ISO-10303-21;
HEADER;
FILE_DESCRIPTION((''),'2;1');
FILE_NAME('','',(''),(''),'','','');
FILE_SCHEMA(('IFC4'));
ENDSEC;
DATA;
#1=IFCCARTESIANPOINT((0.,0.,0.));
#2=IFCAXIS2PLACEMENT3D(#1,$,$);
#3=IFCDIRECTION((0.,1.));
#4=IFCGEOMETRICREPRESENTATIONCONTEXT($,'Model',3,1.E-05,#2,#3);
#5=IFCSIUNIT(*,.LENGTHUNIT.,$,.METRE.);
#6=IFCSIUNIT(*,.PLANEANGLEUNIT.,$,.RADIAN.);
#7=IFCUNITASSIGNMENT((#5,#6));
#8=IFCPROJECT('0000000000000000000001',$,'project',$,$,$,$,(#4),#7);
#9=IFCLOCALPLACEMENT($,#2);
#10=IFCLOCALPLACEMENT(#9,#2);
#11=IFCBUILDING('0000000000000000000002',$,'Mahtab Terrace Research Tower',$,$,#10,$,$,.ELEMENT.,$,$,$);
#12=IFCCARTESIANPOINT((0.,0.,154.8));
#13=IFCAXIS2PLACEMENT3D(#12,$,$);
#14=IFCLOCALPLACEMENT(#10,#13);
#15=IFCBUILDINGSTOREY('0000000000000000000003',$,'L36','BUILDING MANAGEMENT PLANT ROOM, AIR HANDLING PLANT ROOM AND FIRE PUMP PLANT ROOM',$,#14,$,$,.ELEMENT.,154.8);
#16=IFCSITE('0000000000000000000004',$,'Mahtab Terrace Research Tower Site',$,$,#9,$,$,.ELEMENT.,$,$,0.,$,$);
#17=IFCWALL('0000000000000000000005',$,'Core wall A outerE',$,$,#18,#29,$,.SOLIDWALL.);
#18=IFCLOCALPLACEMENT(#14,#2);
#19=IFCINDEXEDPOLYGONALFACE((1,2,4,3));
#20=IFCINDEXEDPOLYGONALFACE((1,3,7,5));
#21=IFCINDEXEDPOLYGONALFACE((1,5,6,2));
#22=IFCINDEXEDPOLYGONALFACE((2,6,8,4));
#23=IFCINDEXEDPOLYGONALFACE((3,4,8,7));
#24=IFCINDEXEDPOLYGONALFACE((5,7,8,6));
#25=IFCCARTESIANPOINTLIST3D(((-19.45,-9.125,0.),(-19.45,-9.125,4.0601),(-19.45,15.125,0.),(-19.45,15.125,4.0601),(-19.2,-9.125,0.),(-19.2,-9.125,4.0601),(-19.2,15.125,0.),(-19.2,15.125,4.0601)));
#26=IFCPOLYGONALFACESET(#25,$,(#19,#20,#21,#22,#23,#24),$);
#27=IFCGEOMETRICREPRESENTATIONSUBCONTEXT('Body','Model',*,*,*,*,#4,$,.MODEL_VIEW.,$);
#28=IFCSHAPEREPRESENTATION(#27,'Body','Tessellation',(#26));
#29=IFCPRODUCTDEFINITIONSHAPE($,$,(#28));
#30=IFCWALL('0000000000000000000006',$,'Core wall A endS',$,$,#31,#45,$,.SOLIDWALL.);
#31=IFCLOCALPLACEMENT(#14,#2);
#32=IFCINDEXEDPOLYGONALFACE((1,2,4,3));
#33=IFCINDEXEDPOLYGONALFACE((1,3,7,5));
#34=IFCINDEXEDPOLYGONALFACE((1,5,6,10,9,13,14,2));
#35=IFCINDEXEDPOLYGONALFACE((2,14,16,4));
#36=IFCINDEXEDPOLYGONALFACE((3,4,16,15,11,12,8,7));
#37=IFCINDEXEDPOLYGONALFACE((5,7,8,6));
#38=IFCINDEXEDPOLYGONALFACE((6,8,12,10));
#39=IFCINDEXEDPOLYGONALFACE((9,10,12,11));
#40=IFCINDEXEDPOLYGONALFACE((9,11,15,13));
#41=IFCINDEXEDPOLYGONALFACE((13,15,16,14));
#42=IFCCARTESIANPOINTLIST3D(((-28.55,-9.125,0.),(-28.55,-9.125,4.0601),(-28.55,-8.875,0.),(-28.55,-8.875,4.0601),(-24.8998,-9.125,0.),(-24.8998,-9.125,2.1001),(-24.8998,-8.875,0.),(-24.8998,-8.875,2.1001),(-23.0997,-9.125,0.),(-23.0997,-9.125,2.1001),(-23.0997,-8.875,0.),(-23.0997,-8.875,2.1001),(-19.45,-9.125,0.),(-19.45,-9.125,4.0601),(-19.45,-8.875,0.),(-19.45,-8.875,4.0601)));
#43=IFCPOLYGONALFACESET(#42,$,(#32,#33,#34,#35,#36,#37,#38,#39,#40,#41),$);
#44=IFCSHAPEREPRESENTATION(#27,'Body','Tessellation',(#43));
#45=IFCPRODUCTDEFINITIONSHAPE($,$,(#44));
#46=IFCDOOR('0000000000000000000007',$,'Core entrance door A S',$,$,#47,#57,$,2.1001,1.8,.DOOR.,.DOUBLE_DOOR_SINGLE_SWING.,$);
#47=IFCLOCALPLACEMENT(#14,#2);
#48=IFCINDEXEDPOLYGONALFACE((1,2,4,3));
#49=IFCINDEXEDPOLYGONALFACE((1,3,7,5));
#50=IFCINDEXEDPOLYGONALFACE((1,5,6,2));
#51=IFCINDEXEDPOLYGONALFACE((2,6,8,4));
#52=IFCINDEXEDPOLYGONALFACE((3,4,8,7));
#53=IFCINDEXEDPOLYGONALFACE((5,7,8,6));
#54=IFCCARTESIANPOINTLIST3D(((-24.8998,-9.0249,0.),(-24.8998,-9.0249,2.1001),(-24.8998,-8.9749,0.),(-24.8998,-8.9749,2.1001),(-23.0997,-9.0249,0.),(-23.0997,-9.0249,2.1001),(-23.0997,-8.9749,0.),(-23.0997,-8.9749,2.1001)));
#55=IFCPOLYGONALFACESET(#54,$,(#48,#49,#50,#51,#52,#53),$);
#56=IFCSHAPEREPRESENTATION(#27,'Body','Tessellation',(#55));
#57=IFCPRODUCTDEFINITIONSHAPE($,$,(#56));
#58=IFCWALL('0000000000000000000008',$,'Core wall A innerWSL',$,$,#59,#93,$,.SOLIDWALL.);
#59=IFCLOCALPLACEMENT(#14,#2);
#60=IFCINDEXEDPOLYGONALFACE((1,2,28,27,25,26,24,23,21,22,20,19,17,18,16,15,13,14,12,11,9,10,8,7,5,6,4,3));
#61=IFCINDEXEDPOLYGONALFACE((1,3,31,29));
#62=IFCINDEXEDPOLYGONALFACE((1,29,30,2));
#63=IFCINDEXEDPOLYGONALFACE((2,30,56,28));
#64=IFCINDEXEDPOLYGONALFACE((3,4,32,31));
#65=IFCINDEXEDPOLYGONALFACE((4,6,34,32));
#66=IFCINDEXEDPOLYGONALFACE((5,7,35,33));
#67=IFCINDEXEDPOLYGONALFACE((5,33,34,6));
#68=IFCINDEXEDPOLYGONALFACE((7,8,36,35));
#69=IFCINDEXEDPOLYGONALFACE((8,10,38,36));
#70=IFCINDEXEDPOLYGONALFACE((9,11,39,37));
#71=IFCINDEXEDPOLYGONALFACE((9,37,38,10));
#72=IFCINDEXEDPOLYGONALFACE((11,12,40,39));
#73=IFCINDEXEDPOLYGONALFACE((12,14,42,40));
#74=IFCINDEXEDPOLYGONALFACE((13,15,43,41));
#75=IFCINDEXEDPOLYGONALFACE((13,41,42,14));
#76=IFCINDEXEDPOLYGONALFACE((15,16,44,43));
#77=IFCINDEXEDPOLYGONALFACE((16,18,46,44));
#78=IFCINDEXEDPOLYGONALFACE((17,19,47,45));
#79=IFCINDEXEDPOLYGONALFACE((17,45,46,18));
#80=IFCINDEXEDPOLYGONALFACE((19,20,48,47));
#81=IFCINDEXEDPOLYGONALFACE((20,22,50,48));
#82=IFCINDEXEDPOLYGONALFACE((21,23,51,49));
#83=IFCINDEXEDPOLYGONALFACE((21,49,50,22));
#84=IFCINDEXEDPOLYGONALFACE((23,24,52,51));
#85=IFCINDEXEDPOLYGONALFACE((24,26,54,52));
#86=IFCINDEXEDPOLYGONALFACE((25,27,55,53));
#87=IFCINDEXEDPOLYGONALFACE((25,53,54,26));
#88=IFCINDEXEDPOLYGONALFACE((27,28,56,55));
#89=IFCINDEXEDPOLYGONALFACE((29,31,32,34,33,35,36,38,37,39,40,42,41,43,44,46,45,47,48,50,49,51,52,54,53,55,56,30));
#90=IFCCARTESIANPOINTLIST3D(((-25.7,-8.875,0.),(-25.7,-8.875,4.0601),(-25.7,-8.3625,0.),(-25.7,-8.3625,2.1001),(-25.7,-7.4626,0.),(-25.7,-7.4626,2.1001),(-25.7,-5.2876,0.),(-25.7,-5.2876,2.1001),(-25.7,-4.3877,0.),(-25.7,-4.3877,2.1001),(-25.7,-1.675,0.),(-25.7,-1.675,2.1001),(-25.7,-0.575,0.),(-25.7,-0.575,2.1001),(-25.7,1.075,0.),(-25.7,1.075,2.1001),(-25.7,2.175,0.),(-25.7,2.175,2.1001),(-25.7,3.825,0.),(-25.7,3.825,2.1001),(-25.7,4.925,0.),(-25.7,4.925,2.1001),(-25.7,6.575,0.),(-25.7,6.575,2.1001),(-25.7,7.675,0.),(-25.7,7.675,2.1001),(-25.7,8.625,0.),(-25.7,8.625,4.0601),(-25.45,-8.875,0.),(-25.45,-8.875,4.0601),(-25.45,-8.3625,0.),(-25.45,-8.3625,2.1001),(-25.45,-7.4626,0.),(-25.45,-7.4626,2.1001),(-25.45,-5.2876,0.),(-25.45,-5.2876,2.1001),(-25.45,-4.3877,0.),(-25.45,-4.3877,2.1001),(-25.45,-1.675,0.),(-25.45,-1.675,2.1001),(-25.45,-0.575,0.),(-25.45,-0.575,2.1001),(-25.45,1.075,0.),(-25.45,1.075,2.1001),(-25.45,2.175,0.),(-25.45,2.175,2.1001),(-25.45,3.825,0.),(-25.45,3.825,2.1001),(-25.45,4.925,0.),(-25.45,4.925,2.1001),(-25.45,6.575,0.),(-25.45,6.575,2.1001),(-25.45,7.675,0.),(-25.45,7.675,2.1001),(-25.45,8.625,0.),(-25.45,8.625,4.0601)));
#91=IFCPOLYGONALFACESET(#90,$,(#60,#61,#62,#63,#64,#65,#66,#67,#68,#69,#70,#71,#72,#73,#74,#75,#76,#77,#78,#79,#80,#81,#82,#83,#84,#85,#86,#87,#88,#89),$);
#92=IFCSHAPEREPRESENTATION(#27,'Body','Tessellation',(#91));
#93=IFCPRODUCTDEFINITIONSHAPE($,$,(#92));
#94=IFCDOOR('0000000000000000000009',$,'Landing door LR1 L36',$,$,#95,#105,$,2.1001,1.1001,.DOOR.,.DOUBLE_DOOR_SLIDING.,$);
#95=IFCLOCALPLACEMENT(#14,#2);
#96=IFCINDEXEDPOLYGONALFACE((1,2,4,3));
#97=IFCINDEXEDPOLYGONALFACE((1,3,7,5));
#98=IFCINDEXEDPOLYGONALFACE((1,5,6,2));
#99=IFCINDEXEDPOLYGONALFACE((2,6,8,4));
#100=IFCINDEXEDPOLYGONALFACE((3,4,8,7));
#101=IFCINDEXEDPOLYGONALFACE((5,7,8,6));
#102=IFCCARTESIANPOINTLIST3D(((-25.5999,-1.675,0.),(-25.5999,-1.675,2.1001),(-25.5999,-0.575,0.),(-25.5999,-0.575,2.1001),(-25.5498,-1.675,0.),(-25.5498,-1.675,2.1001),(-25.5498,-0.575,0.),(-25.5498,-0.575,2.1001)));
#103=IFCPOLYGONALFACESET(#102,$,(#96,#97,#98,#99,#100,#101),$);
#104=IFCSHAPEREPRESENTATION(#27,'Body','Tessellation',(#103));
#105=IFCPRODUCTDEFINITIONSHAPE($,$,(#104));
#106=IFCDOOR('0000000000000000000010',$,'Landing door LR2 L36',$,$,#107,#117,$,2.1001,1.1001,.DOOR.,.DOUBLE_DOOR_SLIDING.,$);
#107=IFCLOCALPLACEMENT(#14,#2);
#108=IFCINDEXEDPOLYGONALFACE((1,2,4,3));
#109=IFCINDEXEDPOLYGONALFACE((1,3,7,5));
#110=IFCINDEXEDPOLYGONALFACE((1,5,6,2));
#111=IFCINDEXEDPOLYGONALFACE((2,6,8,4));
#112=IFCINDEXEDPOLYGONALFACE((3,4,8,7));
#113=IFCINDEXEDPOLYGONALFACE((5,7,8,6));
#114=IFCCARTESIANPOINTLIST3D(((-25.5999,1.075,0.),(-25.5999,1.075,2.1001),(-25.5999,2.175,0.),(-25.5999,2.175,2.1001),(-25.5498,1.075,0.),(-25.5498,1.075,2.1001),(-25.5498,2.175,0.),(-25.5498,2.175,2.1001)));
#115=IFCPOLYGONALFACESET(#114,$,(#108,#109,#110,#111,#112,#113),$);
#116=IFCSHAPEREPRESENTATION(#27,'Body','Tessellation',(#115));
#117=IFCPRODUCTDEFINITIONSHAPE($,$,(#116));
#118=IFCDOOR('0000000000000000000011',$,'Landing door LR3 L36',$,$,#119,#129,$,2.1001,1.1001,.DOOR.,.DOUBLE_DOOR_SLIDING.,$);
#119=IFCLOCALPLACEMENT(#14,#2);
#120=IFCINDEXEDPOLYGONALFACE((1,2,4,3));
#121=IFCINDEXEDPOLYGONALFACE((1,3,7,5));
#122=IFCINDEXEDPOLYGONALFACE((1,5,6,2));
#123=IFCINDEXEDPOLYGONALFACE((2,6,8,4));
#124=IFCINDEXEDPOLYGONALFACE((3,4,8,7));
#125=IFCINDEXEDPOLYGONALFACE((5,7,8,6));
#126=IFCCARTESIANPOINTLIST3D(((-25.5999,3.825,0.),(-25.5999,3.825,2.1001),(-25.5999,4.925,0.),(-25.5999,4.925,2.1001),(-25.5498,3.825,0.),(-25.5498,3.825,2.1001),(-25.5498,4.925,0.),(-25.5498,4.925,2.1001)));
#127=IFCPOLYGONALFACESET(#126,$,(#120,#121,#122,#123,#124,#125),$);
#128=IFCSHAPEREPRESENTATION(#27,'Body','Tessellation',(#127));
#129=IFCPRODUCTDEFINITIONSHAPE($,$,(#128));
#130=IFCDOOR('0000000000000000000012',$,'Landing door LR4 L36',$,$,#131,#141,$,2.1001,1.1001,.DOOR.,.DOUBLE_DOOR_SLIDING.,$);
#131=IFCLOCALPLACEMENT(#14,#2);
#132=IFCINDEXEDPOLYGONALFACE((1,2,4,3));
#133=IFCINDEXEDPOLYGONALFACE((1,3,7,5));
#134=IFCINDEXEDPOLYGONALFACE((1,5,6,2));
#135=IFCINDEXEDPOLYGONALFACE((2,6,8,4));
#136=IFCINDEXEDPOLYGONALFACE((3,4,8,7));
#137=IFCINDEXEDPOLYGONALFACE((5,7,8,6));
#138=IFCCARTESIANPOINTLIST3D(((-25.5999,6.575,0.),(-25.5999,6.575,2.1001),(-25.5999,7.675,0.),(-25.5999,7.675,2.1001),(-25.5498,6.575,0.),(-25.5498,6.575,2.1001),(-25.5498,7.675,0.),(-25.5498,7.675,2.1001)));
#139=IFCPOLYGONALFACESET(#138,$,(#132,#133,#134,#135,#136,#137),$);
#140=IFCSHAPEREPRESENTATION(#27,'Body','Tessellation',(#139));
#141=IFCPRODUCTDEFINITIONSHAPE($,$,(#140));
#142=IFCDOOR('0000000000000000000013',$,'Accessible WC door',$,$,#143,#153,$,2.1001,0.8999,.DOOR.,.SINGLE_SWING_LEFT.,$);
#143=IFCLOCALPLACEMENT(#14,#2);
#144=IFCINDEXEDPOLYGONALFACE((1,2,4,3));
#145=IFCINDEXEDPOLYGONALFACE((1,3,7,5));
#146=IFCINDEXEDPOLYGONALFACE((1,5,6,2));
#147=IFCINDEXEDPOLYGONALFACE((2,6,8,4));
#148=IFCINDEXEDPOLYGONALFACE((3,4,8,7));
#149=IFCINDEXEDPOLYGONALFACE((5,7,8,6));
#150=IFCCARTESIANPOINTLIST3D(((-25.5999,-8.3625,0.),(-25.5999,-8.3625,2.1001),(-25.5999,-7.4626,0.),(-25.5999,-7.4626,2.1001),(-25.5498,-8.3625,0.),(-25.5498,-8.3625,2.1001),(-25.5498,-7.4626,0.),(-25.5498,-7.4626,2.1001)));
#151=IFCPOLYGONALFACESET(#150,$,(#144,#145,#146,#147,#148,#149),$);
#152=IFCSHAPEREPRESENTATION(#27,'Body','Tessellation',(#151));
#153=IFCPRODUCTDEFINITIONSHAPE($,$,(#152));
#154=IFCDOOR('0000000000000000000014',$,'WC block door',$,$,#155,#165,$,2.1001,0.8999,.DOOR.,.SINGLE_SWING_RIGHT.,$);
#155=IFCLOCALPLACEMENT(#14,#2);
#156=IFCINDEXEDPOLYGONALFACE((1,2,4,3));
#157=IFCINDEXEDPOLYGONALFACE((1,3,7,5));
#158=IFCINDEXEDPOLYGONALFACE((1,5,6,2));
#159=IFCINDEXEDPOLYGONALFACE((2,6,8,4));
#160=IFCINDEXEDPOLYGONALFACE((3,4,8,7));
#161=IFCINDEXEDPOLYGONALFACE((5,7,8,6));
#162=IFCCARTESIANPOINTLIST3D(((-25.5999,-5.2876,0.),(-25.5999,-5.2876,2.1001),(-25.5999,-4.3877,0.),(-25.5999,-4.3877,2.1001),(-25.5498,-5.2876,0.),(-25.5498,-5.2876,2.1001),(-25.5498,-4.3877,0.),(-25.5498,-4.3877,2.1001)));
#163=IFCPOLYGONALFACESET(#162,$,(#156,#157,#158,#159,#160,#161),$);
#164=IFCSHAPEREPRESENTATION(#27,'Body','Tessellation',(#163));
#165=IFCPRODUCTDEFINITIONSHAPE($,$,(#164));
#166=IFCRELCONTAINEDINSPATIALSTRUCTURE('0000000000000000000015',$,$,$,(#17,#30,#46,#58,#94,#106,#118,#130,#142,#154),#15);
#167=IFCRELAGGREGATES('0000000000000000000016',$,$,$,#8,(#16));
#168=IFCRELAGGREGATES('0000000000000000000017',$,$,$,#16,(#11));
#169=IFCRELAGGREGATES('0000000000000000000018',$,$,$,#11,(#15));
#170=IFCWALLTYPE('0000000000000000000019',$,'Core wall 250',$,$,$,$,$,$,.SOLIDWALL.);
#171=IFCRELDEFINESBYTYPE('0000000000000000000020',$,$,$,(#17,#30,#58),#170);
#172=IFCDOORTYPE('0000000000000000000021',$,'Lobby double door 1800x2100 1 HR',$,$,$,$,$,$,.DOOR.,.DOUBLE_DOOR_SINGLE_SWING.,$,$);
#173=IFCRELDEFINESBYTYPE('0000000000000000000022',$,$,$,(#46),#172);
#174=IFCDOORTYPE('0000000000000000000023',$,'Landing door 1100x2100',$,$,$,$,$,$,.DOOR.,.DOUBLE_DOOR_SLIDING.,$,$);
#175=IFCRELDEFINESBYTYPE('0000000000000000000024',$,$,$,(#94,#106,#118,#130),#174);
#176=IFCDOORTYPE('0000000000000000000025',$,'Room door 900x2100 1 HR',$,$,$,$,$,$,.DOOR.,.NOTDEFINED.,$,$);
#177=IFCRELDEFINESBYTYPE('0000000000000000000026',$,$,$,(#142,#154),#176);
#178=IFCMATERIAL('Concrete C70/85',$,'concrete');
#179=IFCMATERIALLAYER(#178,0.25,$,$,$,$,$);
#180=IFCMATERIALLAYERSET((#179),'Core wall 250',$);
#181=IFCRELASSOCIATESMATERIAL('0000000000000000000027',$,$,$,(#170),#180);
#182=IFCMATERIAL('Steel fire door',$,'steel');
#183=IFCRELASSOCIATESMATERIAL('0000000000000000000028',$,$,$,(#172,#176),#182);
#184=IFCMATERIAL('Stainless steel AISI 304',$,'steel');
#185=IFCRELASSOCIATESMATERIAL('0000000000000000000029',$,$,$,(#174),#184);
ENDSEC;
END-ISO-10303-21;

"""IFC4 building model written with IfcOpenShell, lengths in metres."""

from ifc_helpers import new_model, si_unit, direction, frame, frame_2d, origin, place, context, subcontext, project, spatial, rectangle, extrude, material, layer, layer_set, type_object, element, fill, save


model = new_model("IFC4")

# Units and contexts
model_context = context("Model", 3, precision=1e-05, world=origin(), true_north=direction((0.0, 1.0)))
body_context = subcontext(model_context, "Body", "Model", "MODEL_VIEW")
ifc_project = project(units=[si_unit("LENGTHUNIT", "METRE"), si_unit("PLANEANGLEUNIT", "RADIAN")], contexts=[model_context])

# Site, building, storey
site_placement = place(None, origin())
site = spatial("IfcSite", under=ifc_project, at=site_placement, Name="Mahtab Terrace Research Tower Site", CompositionType="ELEMENT", RefElevation=0.0)
building_placement = place(site_placement, origin())
building = spatial("IfcBuilding", under=site, at=building_placement, Name="Mahtab Terrace Research Tower", CompositionType="ELEMENT")
storey_placement = place(building_placement, frame((0.0, 0.0, 154.8)))
storey = spatial("IfcBuildingStorey", under=building, at=storey_placement, Name="L36", Description="BUILDING MANAGEMENT PLANT ROOM, AIR HANDLING PLANT ROOM AND FIRE PUMP PLANT ROOM", CompositionType="ELEMENT", Elevation=154.8)

# Shared definitions
ifc_material_1 = material(Name="Concrete C70/85", Category="concrete")

# Wall
ifc_layer_1 = layer(ifc_material_1, 0.25)
ifc_layer_set_1 = layer_set([ifc_layer_1], Name="Core wall 250")
wall_type_1 = type_object("IfcWallType", Name="Core wall 250", PredefinedType="SOLIDWALL", material=ifc_layer_set_1)
wall_1_placement = place(storey_placement, frame((-19.325, -9.125, 0.0), z_axis=(0.0, 0.0, 1.0), x_axis=(0.0, 1.0, 0.0)))
element("IfcWall", 1, at=wall_1_placement, inside=storey, type_object=wall_type_1, Name="Core wall A outerE", PredefinedType="SOLIDWALL", context=body_context, shape_type="SweptSolid", body=[
    extrude(rectangle(XDim=24.25, YDim=0.25, at=frame_2d((12.125, 0.0))), origin(), (0.0, 0.0, 1.0), 4.0601),
])

# Wall, opening, door
wall_2_placement = place(storey_placement, frame((-19.45, -9.0, 0.0), z_axis=(0.0, 0.0, 1.0), x_axis=(-1.0, 0.0, 0.0)))
wall_2 = element("IfcWall", 2, at=wall_2_placement, inside=storey, type_object=wall_type_1, Name="Core wall A endS", PredefinedType="SOLIDWALL", context=body_context, shape_type="SweptSolid", body=[
    extrude(rectangle(XDim=9.1001, YDim=0.25, at=frame_2d((4.55, 0.0))), origin(), (0.0, 0.0, 1.0), 4.0601),
])
opening_1_placement = place(wall_2_placement, frame((3.6499, 0.0, 0.0)))
opening_1 = element("IfcOpeningElement", 3, at=opening_1_placement, cuts=wall_2, PredefinedType="OPENING", context=body_context, shape_type="SweptSolid", body=[
    extrude(rectangle(XDim=1.8, YDim=2.1001, at=frame_2d((0.8999, 1.05))), frame((0.0, 0.135, 0.0), z_axis=(0.0, -1.0, 0.0), x_axis=(1.0, 0.0, 0.0)), (0.0, 0.0, 1.0), 0.27),
])
ifc_material_2 = material(Name="Steel fire door", Category="steel")
door_type_1 = type_object("IfcDoorType", Name="Lobby double door 1800x2100 1 HR", OperationType="DOUBLE_DOOR_SINGLE_SWING", PredefinedType="DOOR", material=ifc_material_2)
door_1_placement = place(opening_1_placement, origin())
door_1 = element("IfcDoor", 4, at=door_1_placement, inside=storey, type_object=door_type_1, Name="Core entrance door A S", OperationType="DOUBLE_DOOR_SINGLE_SWING", OverallHeight=2.1001, OverallWidth=1.8, PredefinedType="DOOR", context=body_context, shape_type="SweptSolid", body=[
    extrude(rectangle(XDim=1.8, YDim=2.1001, at=frame_2d((0.8999, 1.05))), frame((0.0, 0.0249, 0.0), z_axis=(0.0, -1.0, 0.0), x_axis=(1.0, 0.0, 0.0)), (0.0, 0.0, 1.0), 0.05),
])
fill(opening_1, door_1)

# Wall, openings, doors
wall_3_placement = place(storey_placement, frame((-25.575, -8.875, 0.0), z_axis=(0.0, 0.0, 1.0), x_axis=(0.0, 1.0, 0.0)))
wall_3 = element("IfcWall", 5, at=wall_3_placement, inside=storey, type_object=wall_type_1, Name="Core wall A innerWSL", PredefinedType="SOLIDWALL", context=body_context, shape_type="SweptSolid", body=[
    extrude(rectangle(XDim=17.5, YDim=0.25, at=frame_2d((8.75, 0.0))), origin(), (0.0, 0.0, 1.0), 4.0601),
])
opening_2_placement = place(wall_3_placement, frame((7.2, 0.0, 0.0)))
opening_2 = element("IfcOpeningElement", 6, at=opening_2_placement, cuts=wall_3, PredefinedType="OPENING", context=body_context, shape_type="SweptSolid", body=[
    extrude(rectangle(XDim=1.1001, YDim=2.1001, at=frame_2d((0.55, 1.05))), frame((0.0, 0.135, 0.0), z_axis=(0.0, -1.0, 0.0), x_axis=(1.0, 0.0, 0.0)), (0.0, 0.0, 1.0), 0.27),
])
opening_3_placement = place(wall_3_placement, frame((9.95, 0.0, 0.0)))
opening_3 = element("IfcOpeningElement", 7, at=opening_3_placement, cuts=wall_3, PredefinedType="OPENING", context=body_context, shape_type="SweptSolid", body=[
    extrude(rectangle(XDim=1.1001, YDim=2.1001, at=frame_2d((0.55, 1.05))), frame((0.0, 0.135, 0.0), z_axis=(0.0, -1.0, 0.0), x_axis=(1.0, 0.0, 0.0)), (0.0, 0.0, 1.0), 0.27),
])
opening_4_placement = place(wall_3_placement, frame((12.7, 0.0, 0.0)))
opening_4 = element("IfcOpeningElement", 8, at=opening_4_placement, cuts=wall_3, PredefinedType="OPENING", context=body_context, shape_type="SweptSolid", body=[
    extrude(rectangle(XDim=1.1001, YDim=2.1001, at=frame_2d((0.55, 1.05))), frame((0.0, 0.135, 0.0), z_axis=(0.0, -1.0, 0.0), x_axis=(1.0, 0.0, 0.0)), (0.0, 0.0, 1.0), 0.27),
])
opening_5_placement = place(wall_3_placement, frame((15.45, 0.0, 0.0)))
opening_5 = element("IfcOpeningElement", 9, at=opening_5_placement, cuts=wall_3, PredefinedType="OPENING", context=body_context, shape_type="SweptSolid", body=[
    extrude(rectangle(XDim=1.1001, YDim=2.1001, at=frame_2d((0.55, 1.05))), frame((0.0, 0.135, 0.0), z_axis=(0.0, -1.0, 0.0), x_axis=(1.0, 0.0, 0.0)), (0.0, 0.0, 1.0), 0.27),
])
opening_6_placement = place(wall_3_placement, frame((0.5125, 0.0, 0.0)))
opening_6 = element("IfcOpeningElement", 10, at=opening_6_placement, cuts=wall_3, PredefinedType="OPENING", context=body_context, shape_type="SweptSolid", body=[
    extrude(rectangle(XDim=0.8999, YDim=2.1001, at=frame_2d((0.45, 1.05))), frame((0.0, 0.135, 0.0), z_axis=(0.0, -1.0, 0.0), x_axis=(1.0, 0.0, 0.0)), (0.0, 0.0, 1.0), 0.27),
])
opening_7_placement = place(wall_3_placement, frame((3.5874, 0.0, 0.0)))
opening_7 = element("IfcOpeningElement", 11, at=opening_7_placement, cuts=wall_3, PredefinedType="OPENING", context=body_context, shape_type="SweptSolid", body=[
    extrude(rectangle(XDim=0.8999, YDim=2.1001, at=frame_2d((0.45, 1.05))), frame((0.0, 0.135, 0.0), z_axis=(0.0, -1.0, 0.0), x_axis=(1.0, 0.0, 0.0)), (0.0, 0.0, 1.0), 0.27),
])
ifc_material_3 = material(Name="Stainless steel AISI 304", Category="steel")
door_type_2 = type_object("IfcDoorType", Name="Landing door 1100x2100", OperationType="DOUBLE_DOOR_SLIDING", PredefinedType="DOOR", material=ifc_material_3)
door_2_placement = place(opening_2_placement, origin())
door_2 = element("IfcDoor", 12, at=door_2_placement, inside=storey, type_object=door_type_2, Name="Landing door LR1 L36", OperationType="DOUBLE_DOOR_SLIDING", OverallHeight=2.1001, OverallWidth=1.1001, PredefinedType="DOOR", context=body_context, shape_type="SweptSolid", body=[
    extrude(rectangle(XDim=1.1001, YDim=2.1001, at=frame_2d((0.55, 1.05))), frame((0.0, 0.0249, 0.0), z_axis=(0.0, -1.0, 0.0), x_axis=(1.0, 0.0, 0.0)), (0.0, 0.0, 1.0), 0.05),
])
fill(opening_2, door_2)
door_3_placement = place(opening_3_placement, origin())
door_3 = element("IfcDoor", 13, at=door_3_placement, inside=storey, type_object=door_type_2, Name="Landing door LR2 L36", OperationType="DOUBLE_DOOR_SLIDING", OverallHeight=2.1001, OverallWidth=1.1001, PredefinedType="DOOR", context=body_context, shape_type="SweptSolid", body=[
    extrude(rectangle(XDim=1.1001, YDim=2.1001, at=frame_2d((0.55, 1.05))), frame((0.0, 0.0249, 0.0), z_axis=(0.0, -1.0, 0.0), x_axis=(1.0, 0.0, 0.0)), (0.0, 0.0, 1.0), 0.05),
])
fill(opening_3, door_3)
door_4_placement = place(opening_4_placement, origin())
door_4 = element("IfcDoor", 14, at=door_4_placement, inside=storey, type_object=door_type_2, Name="Landing door LR3 L36", OperationType="DOUBLE_DOOR_SLIDING", OverallHeight=2.1001, OverallWidth=1.1001, PredefinedType="DOOR", context=body_context, shape_type="SweptSolid", body=[
    extrude(rectangle(XDim=1.1001, YDim=2.1001, at=frame_2d((0.55, 1.05))), frame((0.0, 0.0249, 0.0), z_axis=(0.0, -1.0, 0.0), x_axis=(1.0, 0.0, 0.0)), (0.0, 0.0, 1.0), 0.05),
])
fill(opening_4, door_4)
door_5_placement = place(opening_5_placement, origin())
door_5 = element("IfcDoor", 15, at=door_5_placement, inside=storey, type_object=door_type_2, Name="Landing door LR4 L36", OperationType="DOUBLE_DOOR_SLIDING", OverallHeight=2.1001, OverallWidth=1.1001, PredefinedType="DOOR", context=body_context, shape_type="SweptSolid", body=[
    extrude(rectangle(XDim=1.1001, YDim=2.1001, at=frame_2d((0.55, 1.05))), frame((0.0, 0.0249, 0.0), z_axis=(0.0, -1.0, 0.0), x_axis=(1.0, 0.0, 0.0)), (0.0, 0.0, 1.0), 0.05),
])
fill(opening_5, door_5)
door_type_3 = type_object("IfcDoorType", Name="Room door 900x2100 1 HR", OperationType="NOTDEFINED", PredefinedType="DOOR", material=ifc_material_2)
door_6_placement = place(opening_6_placement, origin())
door_6 = element("IfcDoor", 16, at=door_6_placement, inside=storey, type_object=door_type_3, Name="Accessible WC door", OperationType="SINGLE_SWING_LEFT", OverallHeight=2.1001, OverallWidth=0.8999, PredefinedType="DOOR", context=body_context, shape_type="SweptSolid", body=[
    extrude(rectangle(XDim=0.8999, YDim=2.1001, at=frame_2d((0.45, 1.05))), frame((0.0, 0.0249, 0.0), z_axis=(0.0, -1.0, 0.0), x_axis=(1.0, 0.0, 0.0)), (0.0, 0.0, 1.0), 0.05),
])
fill(opening_6, door_6)
door_7_placement = place(opening_7_placement, origin())
door_7 = element("IfcDoor", 17, at=door_7_placement, inside=storey, type_object=door_type_3, Name="WC block door", OperationType="SINGLE_SWING_RIGHT", OverallHeight=2.1001, OverallWidth=0.8999, PredefinedType="DOOR", context=body_context, shape_type="SweptSolid", body=[
    extrude(rectangle(XDim=0.8999, YDim=2.1001, at=frame_2d((0.45, 1.05))), frame((0.0, 0.0249, 0.0), z_axis=(0.0, -1.0, 0.0), x_axis=(1.0, 0.0, 0.0)), (0.0, 0.0, 1.0), 0.05),
])
fill(opening_7, door_7)

save(model, "model.ifc")
